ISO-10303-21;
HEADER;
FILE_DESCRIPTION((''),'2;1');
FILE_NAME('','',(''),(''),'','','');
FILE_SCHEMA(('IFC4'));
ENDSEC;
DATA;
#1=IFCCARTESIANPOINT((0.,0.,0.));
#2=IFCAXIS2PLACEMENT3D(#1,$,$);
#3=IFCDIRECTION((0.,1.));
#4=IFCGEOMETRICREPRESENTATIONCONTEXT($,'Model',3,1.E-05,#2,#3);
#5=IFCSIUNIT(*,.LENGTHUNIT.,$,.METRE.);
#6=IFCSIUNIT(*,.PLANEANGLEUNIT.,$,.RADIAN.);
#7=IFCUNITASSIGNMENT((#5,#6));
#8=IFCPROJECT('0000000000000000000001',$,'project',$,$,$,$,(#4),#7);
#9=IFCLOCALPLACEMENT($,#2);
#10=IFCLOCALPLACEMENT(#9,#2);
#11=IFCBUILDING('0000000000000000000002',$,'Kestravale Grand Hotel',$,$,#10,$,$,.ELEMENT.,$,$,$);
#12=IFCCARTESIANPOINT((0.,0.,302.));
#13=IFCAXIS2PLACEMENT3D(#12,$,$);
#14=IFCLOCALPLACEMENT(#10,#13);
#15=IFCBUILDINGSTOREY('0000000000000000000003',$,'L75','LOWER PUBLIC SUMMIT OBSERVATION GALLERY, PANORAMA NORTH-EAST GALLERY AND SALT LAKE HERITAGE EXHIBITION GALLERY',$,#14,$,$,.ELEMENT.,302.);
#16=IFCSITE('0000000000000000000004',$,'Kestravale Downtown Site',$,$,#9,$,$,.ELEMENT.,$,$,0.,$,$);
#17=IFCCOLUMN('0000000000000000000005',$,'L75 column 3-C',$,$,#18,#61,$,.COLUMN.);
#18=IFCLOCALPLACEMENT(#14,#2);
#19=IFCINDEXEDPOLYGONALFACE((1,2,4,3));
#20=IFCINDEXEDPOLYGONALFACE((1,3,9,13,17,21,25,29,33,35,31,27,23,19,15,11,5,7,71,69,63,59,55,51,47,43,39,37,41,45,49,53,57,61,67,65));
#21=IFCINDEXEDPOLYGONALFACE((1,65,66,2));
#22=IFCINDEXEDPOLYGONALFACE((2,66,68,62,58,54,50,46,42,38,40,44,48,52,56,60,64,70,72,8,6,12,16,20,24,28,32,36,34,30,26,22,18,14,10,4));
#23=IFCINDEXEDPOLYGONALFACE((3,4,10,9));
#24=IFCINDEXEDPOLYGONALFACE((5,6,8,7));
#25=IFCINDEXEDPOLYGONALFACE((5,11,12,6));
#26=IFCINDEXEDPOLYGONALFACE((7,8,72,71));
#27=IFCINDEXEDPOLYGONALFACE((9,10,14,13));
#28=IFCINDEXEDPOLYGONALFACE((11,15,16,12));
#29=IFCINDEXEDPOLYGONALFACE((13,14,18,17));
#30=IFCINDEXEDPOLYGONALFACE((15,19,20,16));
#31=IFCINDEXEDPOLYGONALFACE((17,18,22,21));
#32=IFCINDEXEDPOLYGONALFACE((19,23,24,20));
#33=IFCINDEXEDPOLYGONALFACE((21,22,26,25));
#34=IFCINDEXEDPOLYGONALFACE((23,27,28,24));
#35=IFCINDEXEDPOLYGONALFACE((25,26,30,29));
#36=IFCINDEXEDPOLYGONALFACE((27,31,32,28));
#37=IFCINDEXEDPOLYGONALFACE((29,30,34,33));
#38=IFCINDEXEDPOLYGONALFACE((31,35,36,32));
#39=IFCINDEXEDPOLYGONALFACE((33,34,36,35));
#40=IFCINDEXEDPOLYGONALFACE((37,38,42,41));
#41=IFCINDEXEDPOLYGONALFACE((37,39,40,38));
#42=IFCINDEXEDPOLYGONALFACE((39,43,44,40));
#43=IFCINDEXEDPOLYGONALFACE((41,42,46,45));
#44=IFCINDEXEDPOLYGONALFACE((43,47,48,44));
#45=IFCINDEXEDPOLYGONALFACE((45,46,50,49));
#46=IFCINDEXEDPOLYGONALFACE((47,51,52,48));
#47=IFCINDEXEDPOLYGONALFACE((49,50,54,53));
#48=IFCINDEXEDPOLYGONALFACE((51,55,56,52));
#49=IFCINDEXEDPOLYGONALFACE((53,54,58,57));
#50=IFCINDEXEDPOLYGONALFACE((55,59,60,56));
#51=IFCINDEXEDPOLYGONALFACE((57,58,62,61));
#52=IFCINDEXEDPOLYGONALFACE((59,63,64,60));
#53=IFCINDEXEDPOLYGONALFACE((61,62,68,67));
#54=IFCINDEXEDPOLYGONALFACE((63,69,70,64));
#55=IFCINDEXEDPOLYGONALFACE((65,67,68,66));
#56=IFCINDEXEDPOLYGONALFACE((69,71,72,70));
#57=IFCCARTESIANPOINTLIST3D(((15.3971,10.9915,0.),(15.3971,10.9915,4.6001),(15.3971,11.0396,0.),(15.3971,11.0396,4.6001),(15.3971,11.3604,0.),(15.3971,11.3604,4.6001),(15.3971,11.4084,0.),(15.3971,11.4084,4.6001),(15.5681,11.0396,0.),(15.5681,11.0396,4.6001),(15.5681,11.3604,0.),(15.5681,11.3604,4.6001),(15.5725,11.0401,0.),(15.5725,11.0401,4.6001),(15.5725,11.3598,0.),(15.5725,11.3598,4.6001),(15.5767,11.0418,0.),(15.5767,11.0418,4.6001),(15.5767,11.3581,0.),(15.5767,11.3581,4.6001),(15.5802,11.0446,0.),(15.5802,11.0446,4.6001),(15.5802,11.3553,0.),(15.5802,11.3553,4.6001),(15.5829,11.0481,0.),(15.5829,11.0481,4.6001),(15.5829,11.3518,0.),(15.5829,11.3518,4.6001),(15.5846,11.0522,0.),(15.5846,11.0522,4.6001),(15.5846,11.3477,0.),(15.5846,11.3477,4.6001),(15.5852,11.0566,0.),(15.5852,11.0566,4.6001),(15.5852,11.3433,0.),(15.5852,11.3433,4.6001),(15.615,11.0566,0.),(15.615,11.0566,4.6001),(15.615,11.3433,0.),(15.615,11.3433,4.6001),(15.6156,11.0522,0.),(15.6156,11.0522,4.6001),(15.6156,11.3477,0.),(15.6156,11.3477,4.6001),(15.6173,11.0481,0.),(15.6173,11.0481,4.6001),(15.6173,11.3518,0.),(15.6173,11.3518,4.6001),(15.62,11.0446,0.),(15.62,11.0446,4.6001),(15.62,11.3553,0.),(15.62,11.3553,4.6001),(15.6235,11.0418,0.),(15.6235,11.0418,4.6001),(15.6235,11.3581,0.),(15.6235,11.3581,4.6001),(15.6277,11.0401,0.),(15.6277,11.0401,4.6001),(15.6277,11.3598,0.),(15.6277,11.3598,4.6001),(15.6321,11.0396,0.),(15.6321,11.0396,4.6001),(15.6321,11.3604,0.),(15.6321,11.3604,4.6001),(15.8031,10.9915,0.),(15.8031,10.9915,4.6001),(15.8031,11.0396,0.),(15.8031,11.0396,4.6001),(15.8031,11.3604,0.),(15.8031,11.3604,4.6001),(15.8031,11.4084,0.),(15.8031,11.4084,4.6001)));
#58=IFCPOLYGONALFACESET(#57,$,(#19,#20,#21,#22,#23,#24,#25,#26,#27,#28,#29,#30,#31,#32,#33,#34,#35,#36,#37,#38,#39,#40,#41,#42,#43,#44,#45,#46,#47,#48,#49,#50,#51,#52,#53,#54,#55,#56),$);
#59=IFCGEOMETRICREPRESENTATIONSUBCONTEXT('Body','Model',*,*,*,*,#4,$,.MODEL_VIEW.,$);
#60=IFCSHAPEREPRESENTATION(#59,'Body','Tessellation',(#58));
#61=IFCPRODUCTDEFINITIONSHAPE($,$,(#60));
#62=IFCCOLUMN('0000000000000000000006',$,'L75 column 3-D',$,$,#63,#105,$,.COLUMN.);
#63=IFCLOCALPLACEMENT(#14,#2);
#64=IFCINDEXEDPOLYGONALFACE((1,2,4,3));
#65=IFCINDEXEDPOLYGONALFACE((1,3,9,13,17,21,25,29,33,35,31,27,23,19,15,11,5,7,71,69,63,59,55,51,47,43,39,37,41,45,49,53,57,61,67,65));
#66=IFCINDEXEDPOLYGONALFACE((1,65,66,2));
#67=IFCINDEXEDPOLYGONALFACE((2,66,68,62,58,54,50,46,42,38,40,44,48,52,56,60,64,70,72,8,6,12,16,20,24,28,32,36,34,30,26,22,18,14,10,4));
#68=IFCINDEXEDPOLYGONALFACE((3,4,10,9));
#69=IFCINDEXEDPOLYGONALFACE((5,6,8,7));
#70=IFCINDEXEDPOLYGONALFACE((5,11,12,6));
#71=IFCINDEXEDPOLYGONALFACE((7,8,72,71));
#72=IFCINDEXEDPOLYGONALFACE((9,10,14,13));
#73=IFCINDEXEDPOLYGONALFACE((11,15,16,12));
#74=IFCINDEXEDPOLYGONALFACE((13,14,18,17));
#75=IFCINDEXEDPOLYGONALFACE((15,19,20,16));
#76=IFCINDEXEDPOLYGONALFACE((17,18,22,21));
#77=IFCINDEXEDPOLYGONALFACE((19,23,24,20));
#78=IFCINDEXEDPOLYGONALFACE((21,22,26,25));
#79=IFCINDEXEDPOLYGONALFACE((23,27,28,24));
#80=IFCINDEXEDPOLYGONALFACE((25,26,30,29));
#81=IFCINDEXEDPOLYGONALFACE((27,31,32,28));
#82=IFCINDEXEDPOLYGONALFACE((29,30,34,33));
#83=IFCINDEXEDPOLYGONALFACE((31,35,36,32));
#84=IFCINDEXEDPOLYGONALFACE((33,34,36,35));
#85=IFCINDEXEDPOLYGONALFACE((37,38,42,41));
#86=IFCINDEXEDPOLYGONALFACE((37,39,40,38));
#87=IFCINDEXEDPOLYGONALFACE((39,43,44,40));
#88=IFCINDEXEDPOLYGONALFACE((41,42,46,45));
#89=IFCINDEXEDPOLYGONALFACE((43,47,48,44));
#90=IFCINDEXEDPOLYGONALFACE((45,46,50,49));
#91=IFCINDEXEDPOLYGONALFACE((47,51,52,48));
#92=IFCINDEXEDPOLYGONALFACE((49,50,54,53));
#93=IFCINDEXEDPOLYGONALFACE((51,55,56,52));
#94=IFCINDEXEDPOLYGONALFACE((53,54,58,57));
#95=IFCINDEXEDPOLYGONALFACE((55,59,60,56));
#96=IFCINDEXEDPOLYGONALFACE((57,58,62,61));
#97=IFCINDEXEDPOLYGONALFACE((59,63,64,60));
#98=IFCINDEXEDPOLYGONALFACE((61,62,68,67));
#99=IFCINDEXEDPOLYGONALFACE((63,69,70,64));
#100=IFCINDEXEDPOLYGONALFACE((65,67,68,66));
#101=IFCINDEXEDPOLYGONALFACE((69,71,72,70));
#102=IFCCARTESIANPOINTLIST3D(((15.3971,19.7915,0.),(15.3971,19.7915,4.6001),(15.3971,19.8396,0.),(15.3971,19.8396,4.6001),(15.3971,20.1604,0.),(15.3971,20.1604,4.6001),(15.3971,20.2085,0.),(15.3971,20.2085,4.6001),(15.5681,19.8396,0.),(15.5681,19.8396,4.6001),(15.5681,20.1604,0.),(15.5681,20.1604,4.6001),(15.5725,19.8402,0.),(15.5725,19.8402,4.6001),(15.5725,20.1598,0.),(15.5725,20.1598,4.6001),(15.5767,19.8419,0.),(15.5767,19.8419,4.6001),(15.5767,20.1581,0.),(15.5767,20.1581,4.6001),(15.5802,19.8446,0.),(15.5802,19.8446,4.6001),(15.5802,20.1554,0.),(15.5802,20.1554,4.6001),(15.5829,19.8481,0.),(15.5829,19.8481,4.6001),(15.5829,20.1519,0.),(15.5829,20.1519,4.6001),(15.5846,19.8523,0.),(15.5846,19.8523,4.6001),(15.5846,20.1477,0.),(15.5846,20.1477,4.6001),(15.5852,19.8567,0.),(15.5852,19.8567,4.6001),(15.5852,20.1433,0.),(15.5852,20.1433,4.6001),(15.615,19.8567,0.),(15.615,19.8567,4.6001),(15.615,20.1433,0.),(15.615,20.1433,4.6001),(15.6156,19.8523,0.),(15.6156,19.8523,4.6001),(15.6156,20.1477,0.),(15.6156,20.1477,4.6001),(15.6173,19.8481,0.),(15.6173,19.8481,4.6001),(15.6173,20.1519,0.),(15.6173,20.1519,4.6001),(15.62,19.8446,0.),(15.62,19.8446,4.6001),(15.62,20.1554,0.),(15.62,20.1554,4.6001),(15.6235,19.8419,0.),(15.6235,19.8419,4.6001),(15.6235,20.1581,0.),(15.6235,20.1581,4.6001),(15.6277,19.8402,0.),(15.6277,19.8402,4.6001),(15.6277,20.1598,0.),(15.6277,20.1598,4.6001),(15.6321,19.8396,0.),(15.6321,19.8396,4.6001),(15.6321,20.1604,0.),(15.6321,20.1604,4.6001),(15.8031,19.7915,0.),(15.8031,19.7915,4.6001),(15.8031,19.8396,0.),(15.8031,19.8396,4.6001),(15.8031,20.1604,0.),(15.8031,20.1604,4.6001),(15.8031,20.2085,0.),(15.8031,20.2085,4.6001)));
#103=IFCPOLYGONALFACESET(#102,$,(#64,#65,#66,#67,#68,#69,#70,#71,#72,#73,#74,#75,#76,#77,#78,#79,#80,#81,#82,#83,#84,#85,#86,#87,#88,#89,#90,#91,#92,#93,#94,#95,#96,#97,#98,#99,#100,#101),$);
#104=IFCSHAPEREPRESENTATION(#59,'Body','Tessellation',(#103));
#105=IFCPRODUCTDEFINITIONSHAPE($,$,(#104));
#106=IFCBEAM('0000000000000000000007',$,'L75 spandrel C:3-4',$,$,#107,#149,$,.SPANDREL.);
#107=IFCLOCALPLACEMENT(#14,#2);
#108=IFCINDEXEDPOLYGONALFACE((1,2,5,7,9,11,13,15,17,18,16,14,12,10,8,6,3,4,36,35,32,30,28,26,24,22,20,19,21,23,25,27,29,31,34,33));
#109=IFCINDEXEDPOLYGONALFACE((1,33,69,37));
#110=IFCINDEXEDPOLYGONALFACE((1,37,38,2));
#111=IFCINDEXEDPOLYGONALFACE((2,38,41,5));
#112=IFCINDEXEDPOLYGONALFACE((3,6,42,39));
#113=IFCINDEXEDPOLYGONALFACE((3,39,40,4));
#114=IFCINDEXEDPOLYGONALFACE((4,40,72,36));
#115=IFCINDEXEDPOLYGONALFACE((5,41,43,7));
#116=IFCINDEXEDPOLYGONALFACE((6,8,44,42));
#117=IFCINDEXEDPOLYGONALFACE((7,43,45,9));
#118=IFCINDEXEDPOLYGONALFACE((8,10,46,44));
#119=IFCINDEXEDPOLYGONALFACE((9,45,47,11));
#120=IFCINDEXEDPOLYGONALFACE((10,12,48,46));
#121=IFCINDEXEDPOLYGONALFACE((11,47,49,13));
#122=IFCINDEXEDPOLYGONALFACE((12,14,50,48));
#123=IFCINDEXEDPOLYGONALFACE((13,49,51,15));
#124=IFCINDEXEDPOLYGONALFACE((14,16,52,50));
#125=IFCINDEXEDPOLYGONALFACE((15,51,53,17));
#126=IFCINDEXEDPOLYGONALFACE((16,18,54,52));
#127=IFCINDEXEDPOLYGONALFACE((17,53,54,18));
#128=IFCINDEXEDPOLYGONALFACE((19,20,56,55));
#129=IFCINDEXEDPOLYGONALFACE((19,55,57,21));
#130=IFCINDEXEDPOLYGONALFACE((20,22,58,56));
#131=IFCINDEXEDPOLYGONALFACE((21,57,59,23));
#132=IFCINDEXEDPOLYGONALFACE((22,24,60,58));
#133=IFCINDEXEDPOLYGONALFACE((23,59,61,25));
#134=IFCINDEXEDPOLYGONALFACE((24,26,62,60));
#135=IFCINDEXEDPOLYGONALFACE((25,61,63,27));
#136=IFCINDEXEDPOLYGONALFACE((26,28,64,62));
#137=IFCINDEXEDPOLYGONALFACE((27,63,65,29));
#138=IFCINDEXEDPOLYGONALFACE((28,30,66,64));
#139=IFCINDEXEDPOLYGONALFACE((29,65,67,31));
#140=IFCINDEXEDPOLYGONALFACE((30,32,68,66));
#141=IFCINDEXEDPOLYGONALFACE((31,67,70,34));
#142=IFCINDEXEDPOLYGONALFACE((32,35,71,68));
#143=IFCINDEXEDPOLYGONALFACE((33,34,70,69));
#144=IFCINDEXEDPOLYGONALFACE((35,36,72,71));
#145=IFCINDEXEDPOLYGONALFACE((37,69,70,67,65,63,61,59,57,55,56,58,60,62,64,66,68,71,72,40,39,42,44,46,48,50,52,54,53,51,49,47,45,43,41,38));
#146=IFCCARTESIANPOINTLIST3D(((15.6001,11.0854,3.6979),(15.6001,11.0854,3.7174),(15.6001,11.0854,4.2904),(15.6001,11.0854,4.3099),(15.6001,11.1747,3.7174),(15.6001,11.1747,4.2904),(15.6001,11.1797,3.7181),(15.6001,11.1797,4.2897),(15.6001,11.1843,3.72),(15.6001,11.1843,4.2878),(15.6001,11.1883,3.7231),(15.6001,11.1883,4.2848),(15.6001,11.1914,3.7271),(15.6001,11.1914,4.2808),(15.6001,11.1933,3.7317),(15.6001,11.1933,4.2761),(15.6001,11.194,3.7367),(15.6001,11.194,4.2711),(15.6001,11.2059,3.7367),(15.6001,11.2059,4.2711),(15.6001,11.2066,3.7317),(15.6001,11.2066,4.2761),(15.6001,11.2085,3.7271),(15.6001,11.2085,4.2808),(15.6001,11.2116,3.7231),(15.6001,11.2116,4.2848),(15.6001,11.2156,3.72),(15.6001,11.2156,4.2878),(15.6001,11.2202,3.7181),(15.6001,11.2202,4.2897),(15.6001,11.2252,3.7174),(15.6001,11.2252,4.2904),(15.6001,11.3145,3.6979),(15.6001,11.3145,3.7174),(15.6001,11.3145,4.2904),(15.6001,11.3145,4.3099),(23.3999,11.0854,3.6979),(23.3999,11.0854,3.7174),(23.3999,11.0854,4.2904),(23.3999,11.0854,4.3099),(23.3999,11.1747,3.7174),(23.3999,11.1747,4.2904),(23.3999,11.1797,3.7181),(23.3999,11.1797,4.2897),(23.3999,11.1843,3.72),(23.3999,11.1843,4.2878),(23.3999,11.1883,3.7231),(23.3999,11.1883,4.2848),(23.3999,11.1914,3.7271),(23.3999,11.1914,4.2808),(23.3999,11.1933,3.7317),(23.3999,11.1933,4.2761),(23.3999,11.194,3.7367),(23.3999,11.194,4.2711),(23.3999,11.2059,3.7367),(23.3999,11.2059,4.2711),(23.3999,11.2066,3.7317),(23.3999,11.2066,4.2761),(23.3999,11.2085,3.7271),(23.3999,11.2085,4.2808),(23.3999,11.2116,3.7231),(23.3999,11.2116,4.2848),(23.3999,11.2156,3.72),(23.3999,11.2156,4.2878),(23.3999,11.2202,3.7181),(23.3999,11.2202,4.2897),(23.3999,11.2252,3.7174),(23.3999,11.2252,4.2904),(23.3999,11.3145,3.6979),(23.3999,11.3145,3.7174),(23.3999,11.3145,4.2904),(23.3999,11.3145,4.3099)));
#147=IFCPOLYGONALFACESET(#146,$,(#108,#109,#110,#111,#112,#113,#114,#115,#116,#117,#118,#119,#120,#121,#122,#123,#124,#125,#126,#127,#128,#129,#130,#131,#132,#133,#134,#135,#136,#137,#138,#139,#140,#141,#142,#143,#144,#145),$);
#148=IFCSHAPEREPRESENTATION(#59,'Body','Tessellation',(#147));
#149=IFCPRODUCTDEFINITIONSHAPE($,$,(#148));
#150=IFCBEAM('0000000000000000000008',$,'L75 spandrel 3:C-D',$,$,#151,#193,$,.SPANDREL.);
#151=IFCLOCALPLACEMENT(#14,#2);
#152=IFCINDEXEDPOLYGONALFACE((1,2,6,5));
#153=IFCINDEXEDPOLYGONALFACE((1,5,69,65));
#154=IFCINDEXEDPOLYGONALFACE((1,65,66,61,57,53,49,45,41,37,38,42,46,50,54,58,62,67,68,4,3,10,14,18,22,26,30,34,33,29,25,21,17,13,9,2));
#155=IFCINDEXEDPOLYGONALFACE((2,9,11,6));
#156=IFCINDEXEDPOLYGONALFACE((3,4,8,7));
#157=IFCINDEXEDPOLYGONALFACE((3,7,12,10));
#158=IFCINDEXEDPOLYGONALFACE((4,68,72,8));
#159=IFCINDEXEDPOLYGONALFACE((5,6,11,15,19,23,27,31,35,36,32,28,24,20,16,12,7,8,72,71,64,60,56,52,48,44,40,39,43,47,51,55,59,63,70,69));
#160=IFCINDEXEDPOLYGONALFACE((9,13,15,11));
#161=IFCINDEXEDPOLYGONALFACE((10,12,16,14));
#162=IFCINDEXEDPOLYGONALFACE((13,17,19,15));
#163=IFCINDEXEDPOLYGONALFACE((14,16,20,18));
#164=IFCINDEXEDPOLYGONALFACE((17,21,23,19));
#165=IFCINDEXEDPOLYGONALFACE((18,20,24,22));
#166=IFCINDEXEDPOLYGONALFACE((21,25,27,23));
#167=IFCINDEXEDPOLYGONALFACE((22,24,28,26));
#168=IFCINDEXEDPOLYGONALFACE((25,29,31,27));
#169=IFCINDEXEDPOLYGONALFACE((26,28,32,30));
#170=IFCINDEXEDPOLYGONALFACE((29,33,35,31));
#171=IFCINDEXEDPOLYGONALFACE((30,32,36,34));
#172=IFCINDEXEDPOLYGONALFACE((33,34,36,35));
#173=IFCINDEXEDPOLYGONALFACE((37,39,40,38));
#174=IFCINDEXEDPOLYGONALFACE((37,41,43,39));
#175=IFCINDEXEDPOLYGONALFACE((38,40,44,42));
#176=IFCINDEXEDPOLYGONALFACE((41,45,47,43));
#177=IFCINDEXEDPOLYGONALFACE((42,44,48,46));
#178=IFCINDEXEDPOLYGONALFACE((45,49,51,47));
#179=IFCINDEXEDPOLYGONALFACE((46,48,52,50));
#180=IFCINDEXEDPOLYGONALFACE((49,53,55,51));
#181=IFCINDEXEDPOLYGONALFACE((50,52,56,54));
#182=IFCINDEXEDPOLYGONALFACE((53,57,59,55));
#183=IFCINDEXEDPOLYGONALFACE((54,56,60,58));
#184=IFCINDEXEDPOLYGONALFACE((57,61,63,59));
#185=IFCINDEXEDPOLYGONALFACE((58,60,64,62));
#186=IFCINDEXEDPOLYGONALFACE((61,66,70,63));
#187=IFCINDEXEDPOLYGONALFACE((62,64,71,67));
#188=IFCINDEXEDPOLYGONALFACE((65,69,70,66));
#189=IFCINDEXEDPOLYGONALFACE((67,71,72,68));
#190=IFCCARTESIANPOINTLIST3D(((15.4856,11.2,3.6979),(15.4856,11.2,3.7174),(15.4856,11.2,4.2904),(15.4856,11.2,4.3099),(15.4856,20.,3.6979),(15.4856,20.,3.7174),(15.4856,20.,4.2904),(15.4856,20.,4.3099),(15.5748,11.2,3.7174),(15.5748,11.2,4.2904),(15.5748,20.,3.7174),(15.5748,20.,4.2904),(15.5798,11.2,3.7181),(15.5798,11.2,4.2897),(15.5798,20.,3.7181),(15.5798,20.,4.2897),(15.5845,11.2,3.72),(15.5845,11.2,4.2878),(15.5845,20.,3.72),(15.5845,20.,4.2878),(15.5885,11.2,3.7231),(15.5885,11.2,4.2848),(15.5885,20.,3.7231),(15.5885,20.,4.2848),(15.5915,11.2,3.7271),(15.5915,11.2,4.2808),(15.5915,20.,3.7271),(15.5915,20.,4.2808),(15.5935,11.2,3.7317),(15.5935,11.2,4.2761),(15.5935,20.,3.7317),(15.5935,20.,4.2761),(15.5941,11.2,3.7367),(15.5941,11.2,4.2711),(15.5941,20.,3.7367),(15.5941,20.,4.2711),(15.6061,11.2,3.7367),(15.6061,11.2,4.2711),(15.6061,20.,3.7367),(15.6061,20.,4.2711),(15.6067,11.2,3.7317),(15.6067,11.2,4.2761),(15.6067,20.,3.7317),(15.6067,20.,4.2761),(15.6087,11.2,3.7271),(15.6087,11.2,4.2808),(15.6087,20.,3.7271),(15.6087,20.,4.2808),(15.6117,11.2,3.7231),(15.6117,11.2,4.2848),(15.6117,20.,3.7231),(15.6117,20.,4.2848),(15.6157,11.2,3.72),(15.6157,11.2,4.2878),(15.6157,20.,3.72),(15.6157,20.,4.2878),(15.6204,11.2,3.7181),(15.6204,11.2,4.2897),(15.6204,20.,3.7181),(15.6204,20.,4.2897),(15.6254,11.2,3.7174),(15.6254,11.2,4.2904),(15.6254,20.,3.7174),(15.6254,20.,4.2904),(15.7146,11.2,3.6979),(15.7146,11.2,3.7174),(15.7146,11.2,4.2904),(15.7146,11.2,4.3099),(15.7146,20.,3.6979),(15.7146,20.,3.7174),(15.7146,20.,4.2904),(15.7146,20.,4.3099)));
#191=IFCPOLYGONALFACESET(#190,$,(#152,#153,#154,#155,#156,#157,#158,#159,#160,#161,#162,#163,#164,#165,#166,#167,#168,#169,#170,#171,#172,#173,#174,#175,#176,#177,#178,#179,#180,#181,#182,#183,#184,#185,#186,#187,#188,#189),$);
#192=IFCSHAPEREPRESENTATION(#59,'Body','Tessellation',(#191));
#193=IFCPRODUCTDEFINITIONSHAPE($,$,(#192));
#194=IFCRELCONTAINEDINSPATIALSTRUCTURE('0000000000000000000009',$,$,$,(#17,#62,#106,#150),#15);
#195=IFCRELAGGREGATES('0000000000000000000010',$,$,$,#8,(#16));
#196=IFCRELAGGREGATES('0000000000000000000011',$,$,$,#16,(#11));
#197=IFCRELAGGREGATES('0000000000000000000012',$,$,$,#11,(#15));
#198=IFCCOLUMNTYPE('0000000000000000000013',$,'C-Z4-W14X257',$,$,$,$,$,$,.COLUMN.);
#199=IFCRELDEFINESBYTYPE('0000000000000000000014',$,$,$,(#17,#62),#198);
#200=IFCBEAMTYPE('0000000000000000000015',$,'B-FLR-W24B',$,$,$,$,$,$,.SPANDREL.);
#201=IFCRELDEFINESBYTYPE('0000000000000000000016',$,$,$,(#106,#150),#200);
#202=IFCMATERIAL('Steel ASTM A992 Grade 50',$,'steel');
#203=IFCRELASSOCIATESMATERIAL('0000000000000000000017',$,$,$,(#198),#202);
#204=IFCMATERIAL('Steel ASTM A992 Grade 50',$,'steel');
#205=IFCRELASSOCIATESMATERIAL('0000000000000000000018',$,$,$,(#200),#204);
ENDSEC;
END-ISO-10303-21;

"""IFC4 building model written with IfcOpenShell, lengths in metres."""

from ifc_helpers import new_model, si_unit, direction, frame, origin, origin_2d, place, context, subcontext, project, spatial, i_section, extrude, material, material_profile, profile_set, type_object, element, save


model = new_model("IFC4")

# Units and contexts
model_context = context("Model", 3, precision=1e-05, world=origin(), true_north=direction((0.0, 1.0)))
body_context = subcontext(model_context, "Body", "Model", "MODEL_VIEW")
ifc_project = project(units=[si_unit("LENGTHUNIT", "METRE"), si_unit("PLANEANGLEUNIT", "RADIAN")], contexts=[model_context])

# Site, building, storey
site_placement = place(None, origin())
site = spatial("IfcSite", under=ifc_project, at=site_placement, Name="Kestravale Downtown Site", CompositionType="ELEMENT", RefElevation=0.0)
building_placement = place(site_placement, origin())
building = spatial("IfcBuilding", under=site, at=building_placement, Name="Kestravale Grand Hotel", CompositionType="ELEMENT")
storey_placement = place(building_placement, frame((0.0, 0.0, 302.0)))
storey = spatial("IfcBuildingStorey", under=building, at=storey_placement, Name="L75", Description="LOWER PUBLIC SUMMIT OBSERVATION GALLERY, PANORAMA NORTH-EAST GALLERY AND SALT LAKE HERITAGE EXHIBITION GALLERY", CompositionType="ELEMENT", Elevation=302.0)

# Columns
ifc_material_1 = material(Name="Steel ASTM A992 Grade 50", Category="steel")
ifc_material_profile_1 = material_profile(ifc_material_1, i_section(OverallWidth=0.406, OverallDepth=0.417, WebThickness=0.0298, FlangeThickness=0.0481, FilletRadius=0.0171, at=origin_2d()))
ifc_profile_set_1 = profile_set([ifc_material_profile_1], Name="Steel ASTM A992 Grade 50")
column_type = type_object("IfcColumnType", Name="C-Z4-W14X257", PredefinedType="COLUMN", material=ifc_profile_set_1)
for number, where, z_axis, x_axis, name in (
    (1, (15.6001, 11.2, 0.0), (0.0, 0.0, 1.0), (1.0, 0.0, 0.0), "L75 column 3-C"),
    (2, (15.6001, 20.0, 0.0), (0.0, 0.0, 1.0), (1.0, 0.0, 0.0), "L75 column 3-D"),
):
    element("IfcColumn", number, at=place(storey_placement, frame(where, z_axis=z_axis, x_axis=x_axis)), inside=storey, type_object=column_type, Name=name, PredefinedType="COLUMN", context=body_context, shape_type="SweptSolid", body=[
        extrude(i_section(OverallWidth=0.406, OverallDepth=0.417, WebThickness=0.0298, FlangeThickness=0.0481, FilletRadius=0.0171, at=origin_2d()), origin(), (0.0, 0.0, 1.0), 4.6001),
    ])

# Beams
ifc_material_2 = material(Name="Steel ASTM A992 Grade 50", Category="steel")
ifc_material_profile_2 = material_profile(ifc_material_2, i_section(OverallWidth=0.229, OverallDepth=0.6121, WebThickness=0.012, FlangeThickness=0.0195, FilletRadius=0.0193, at=origin_2d()))
ifc_profile_set_2 = profile_set([ifc_material_profile_2], Name="Steel ASTM A992 Grade 50")
beam_type_1 = type_object("IfcBeamType", Name="B-FLR-W24B", PredefinedType="SPANDREL", material=ifc_profile_set_2)
beam_1_placement = place(storey_placement, frame((15.6001, 11.2, 4.0039), z_axis=(1.0, 0.0, 0.0), x_axis=(0.0, 1.0, 0.0)))
element("IfcBeam", 3, at=beam_1_placement, inside=storey, type_object=beam_type_1, Name="L75 spandrel C:3-4", PredefinedType="SPANDREL", context=body_context, shape_type="SweptSolid", body=[
    extrude(i_section(OverallWidth=0.229, OverallDepth=0.6121, WebThickness=0.012, FlangeThickness=0.0195, FilletRadius=0.0193, at=origin_2d()), origin(), (0.0, 0.0, 1.0), 7.7998),
])
beam_2_placement = place(storey_placement, frame((15.6001, 11.2, 4.0039), z_axis=(0.0, 1.0, 0.0), x_axis=(-1.0, 0.0, 0.0)))
element("IfcBeam", 4, at=beam_2_placement, inside=storey, type_object=beam_type_1, Name="L75 spandrel 3:C-D", PredefinedType="SPANDREL", context=body_context, shape_type="SweptSolid", body=[
    extrude(i_section(OverallWidth=0.229, OverallDepth=0.6121, WebThickness=0.012, FlangeThickness=0.0195, FilletRadius=0.0193, at=origin_2d()), origin(), (0.0, 0.0, 1.0), 8.8),
])

save(model, "model.ifc")
